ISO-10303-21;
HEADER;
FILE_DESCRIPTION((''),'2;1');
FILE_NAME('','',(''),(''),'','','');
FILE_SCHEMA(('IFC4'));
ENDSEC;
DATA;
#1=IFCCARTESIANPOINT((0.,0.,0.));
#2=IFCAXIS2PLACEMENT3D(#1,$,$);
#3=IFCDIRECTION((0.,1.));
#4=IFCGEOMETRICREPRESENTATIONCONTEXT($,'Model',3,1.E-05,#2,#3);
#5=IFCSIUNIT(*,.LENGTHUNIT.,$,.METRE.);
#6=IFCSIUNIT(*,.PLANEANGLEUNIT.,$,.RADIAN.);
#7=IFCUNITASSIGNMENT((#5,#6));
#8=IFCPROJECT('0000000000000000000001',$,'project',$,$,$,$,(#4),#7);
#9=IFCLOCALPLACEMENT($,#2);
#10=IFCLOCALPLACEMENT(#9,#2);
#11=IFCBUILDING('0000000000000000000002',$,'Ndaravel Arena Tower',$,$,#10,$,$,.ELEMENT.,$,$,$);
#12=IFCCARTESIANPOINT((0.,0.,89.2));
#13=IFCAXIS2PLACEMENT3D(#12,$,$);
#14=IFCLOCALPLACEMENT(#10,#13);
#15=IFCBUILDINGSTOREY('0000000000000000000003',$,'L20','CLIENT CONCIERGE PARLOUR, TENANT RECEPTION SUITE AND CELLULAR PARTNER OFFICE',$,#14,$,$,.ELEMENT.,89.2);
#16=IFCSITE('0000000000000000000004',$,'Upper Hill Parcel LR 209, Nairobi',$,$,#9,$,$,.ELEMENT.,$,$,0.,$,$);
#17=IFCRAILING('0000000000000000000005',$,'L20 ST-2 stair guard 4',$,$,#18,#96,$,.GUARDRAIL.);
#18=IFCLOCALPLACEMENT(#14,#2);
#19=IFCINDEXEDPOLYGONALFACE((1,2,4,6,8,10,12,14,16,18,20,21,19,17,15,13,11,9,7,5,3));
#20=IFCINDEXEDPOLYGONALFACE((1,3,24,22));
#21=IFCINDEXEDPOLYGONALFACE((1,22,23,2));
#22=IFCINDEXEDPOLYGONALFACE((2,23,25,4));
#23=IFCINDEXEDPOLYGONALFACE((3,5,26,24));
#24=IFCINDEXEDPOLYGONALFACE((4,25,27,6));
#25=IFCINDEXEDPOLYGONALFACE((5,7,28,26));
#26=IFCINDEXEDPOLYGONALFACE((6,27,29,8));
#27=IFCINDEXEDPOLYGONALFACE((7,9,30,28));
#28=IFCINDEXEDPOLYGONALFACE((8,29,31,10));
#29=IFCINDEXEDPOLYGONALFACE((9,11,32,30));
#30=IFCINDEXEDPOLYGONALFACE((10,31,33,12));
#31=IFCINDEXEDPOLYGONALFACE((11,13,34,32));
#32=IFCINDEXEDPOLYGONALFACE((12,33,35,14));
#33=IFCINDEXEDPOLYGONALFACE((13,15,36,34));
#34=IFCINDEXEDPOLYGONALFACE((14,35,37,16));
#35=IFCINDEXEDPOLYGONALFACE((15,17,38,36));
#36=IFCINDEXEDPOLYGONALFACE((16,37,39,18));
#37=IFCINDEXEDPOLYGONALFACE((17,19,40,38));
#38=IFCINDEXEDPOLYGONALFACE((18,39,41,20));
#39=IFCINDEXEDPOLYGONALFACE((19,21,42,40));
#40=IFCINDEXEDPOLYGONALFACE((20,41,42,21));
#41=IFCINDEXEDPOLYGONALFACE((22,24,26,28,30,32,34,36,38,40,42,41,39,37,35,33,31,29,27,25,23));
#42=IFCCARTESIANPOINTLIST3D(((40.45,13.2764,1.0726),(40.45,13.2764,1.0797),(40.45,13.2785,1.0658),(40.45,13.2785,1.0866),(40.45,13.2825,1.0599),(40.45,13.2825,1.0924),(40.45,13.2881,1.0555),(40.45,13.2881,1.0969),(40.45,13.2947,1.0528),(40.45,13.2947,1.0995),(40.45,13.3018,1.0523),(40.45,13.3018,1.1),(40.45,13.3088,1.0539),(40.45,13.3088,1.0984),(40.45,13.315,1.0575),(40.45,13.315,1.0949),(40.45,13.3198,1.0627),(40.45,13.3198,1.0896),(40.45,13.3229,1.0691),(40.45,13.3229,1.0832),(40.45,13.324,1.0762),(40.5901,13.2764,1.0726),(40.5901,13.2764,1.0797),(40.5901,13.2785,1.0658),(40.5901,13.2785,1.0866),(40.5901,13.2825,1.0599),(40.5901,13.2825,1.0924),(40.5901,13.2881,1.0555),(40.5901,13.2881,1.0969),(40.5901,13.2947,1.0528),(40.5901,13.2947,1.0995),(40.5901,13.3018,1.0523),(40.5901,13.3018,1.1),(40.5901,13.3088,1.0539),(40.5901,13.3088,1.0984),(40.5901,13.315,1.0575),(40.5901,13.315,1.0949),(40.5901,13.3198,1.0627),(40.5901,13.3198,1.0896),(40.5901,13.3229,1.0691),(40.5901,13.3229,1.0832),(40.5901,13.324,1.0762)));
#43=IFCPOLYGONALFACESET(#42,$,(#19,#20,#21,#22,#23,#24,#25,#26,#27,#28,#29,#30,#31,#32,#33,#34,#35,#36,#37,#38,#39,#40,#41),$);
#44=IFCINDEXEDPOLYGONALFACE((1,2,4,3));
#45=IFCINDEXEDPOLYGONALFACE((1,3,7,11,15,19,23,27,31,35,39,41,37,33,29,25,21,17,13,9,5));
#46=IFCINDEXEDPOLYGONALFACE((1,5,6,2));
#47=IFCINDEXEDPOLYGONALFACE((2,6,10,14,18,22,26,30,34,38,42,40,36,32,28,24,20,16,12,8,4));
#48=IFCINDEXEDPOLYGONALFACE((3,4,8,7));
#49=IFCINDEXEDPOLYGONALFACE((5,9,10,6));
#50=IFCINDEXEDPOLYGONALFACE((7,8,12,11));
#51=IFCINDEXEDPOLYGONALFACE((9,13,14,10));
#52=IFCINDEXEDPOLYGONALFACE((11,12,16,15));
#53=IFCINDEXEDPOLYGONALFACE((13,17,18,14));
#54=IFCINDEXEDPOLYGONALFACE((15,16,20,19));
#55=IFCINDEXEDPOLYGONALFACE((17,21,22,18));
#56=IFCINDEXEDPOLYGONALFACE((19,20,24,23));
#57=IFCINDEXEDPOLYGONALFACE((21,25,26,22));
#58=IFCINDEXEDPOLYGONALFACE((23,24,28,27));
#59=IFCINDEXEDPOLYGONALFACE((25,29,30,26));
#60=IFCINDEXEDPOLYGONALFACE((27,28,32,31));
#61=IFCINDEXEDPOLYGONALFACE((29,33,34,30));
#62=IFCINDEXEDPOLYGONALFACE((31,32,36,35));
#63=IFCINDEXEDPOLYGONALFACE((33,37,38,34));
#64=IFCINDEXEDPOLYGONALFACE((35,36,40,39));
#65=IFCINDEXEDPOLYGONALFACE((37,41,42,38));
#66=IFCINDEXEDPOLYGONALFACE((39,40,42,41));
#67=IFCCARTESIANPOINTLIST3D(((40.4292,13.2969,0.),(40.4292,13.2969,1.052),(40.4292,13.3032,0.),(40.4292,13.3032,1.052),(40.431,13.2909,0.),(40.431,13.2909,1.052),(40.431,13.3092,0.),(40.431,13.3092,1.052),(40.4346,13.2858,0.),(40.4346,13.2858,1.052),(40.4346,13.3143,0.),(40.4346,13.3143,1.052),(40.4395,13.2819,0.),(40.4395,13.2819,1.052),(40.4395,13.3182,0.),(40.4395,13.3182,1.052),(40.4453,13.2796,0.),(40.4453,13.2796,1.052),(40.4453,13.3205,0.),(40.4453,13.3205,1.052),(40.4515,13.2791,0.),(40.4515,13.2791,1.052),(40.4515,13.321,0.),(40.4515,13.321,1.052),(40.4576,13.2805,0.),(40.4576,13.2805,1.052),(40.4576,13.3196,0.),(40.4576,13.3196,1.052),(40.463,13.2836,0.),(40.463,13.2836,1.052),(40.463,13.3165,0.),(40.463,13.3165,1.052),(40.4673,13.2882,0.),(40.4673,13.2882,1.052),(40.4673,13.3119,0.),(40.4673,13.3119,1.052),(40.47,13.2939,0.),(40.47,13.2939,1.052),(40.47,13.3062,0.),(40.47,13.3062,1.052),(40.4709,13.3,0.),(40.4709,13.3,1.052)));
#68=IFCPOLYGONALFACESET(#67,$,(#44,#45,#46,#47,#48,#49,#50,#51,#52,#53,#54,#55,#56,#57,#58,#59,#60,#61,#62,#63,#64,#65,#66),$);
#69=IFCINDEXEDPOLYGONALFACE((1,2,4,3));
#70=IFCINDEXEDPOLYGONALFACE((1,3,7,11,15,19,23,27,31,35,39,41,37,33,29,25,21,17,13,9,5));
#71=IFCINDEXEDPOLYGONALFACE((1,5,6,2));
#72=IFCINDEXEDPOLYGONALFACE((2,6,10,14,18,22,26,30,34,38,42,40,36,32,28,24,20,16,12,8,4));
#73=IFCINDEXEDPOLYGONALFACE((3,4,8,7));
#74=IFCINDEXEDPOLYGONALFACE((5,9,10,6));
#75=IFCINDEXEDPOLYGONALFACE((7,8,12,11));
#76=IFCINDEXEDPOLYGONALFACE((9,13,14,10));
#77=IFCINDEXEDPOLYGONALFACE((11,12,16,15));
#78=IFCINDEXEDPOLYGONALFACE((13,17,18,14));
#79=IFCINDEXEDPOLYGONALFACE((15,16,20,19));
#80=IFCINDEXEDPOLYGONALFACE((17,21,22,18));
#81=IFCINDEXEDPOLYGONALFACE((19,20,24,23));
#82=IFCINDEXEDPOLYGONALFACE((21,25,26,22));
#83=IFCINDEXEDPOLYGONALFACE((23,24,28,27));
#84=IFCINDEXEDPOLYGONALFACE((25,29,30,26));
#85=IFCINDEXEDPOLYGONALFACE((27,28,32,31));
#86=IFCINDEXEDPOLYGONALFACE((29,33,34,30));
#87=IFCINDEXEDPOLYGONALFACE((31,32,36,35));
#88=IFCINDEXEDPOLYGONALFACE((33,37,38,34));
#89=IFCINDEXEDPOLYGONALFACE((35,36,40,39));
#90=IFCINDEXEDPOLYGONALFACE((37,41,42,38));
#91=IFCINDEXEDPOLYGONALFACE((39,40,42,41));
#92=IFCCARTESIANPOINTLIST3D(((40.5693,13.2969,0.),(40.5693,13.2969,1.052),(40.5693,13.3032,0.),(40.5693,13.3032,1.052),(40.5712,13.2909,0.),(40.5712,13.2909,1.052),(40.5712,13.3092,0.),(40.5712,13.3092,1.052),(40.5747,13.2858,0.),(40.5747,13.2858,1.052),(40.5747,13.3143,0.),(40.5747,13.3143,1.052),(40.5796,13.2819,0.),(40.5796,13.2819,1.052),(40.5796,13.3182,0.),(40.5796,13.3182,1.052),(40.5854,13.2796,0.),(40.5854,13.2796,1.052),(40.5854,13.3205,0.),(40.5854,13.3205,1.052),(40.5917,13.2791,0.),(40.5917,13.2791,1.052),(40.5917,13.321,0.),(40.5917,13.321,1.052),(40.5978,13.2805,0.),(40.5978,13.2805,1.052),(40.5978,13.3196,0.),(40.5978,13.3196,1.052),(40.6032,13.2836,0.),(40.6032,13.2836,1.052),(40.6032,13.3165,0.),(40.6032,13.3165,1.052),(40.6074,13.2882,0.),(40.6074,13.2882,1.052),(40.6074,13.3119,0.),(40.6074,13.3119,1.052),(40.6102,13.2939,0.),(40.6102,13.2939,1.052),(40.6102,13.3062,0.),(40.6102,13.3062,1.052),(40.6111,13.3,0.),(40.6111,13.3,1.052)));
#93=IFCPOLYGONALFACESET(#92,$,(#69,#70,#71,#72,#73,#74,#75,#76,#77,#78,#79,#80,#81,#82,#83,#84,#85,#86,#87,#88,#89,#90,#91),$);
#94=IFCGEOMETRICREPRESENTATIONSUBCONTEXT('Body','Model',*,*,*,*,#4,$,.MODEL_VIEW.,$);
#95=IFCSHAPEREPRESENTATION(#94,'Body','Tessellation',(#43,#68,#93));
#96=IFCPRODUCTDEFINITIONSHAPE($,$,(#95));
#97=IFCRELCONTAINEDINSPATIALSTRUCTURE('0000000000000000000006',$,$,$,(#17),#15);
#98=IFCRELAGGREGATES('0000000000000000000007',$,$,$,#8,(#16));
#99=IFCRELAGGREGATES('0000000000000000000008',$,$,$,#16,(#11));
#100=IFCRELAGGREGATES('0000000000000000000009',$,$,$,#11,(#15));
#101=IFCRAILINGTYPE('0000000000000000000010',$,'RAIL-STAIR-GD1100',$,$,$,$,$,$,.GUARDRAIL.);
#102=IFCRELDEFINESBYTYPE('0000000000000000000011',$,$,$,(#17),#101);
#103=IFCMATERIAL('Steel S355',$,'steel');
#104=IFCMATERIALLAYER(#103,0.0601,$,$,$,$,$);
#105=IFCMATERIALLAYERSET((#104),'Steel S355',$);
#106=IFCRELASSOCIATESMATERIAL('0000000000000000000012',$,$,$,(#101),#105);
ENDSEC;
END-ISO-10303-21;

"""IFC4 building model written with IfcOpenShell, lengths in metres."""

from ifc_helpers import new_model, si_unit, direction, frame, origin, origin_2d, place, context, subcontext, project, spatial, circle, extrude, material, layer, layer_set, type_object, element, save


model = new_model("IFC4")

# Units and contexts
model_context = context("Model", 3, precision=1e-05, world=origin(), true_north=direction((0.0, 1.0)))
body_context = subcontext(model_context, "Body", "Model", "MODEL_VIEW")
ifc_project = project(units=[si_unit("LENGTHUNIT", "METRE"), si_unit("PLANEANGLEUNIT", "RADIAN")], contexts=[model_context])

# Site, building, storey
site_placement = place(None, origin())
site = spatial("IfcSite", under=ifc_project, at=site_placement, Name="Upper Hill Parcel LR 209, Nairobi", CompositionType="ELEMENT", RefElevation=0.0)
building_placement = place(site_placement, origin())
building = spatial("IfcBuilding", under=site, at=building_placement, Name="Ndaravel Arena Tower", CompositionType="ELEMENT")
storey_placement = place(building_placement, frame((0.0, 0.0, 89.2)))
storey = spatial("IfcBuildingStorey", under=building, at=storey_placement, Name="L20", Description="CLIENT CONCIERGE PARLOUR, TENANT RECEPTION SUITE AND CELLULAR PARTNER OFFICE", CompositionType="ELEMENT", Elevation=89.2)

# Railing
ifc_material_1 = material(Name="Steel S355", Category="steel")
ifc_layer_1 = layer(ifc_material_1, 0.0601)
ifc_layer_set_1 = layer_set([ifc_layer_1], Name="Steel S355")
railing_type_1 = type_object("IfcRailingType", Name="RAIL-STAIR-GD1100", PredefinedType="GUARDRAIL", material=ifc_layer_set_1)
railing_1_placement = place(storey_placement, frame((40.45, 13.3, 0.0)))
element("IfcRailing", 1, at=railing_1_placement, inside=storey, type_object=railing_type_1, Name="L20 ST-2 stair guard 4", PredefinedType="GUARDRAIL", context=body_context, shape_type="SweptSolid", body=[
    extrude(circle(Radius=0.0239, at=origin_2d()), frame((0.0, 0.0, 1.0762), z_axis=(1.0, 0.0, 0.0), x_axis=(0.0, 1.0, 0.0)), (0.0, 0.0, 1.0), 0.1401),
    extrude(circle(Radius=0.021, at=origin_2d()), origin(), (0.0, 0.0, 1.0), 1.052),
    extrude(circle(Radius=0.021, at=origin_2d()), frame((0.1401, 0.0, 0.0)), (0.0, 0.0, 1.0), 1.052),
])

save(model, "model.ifc")
